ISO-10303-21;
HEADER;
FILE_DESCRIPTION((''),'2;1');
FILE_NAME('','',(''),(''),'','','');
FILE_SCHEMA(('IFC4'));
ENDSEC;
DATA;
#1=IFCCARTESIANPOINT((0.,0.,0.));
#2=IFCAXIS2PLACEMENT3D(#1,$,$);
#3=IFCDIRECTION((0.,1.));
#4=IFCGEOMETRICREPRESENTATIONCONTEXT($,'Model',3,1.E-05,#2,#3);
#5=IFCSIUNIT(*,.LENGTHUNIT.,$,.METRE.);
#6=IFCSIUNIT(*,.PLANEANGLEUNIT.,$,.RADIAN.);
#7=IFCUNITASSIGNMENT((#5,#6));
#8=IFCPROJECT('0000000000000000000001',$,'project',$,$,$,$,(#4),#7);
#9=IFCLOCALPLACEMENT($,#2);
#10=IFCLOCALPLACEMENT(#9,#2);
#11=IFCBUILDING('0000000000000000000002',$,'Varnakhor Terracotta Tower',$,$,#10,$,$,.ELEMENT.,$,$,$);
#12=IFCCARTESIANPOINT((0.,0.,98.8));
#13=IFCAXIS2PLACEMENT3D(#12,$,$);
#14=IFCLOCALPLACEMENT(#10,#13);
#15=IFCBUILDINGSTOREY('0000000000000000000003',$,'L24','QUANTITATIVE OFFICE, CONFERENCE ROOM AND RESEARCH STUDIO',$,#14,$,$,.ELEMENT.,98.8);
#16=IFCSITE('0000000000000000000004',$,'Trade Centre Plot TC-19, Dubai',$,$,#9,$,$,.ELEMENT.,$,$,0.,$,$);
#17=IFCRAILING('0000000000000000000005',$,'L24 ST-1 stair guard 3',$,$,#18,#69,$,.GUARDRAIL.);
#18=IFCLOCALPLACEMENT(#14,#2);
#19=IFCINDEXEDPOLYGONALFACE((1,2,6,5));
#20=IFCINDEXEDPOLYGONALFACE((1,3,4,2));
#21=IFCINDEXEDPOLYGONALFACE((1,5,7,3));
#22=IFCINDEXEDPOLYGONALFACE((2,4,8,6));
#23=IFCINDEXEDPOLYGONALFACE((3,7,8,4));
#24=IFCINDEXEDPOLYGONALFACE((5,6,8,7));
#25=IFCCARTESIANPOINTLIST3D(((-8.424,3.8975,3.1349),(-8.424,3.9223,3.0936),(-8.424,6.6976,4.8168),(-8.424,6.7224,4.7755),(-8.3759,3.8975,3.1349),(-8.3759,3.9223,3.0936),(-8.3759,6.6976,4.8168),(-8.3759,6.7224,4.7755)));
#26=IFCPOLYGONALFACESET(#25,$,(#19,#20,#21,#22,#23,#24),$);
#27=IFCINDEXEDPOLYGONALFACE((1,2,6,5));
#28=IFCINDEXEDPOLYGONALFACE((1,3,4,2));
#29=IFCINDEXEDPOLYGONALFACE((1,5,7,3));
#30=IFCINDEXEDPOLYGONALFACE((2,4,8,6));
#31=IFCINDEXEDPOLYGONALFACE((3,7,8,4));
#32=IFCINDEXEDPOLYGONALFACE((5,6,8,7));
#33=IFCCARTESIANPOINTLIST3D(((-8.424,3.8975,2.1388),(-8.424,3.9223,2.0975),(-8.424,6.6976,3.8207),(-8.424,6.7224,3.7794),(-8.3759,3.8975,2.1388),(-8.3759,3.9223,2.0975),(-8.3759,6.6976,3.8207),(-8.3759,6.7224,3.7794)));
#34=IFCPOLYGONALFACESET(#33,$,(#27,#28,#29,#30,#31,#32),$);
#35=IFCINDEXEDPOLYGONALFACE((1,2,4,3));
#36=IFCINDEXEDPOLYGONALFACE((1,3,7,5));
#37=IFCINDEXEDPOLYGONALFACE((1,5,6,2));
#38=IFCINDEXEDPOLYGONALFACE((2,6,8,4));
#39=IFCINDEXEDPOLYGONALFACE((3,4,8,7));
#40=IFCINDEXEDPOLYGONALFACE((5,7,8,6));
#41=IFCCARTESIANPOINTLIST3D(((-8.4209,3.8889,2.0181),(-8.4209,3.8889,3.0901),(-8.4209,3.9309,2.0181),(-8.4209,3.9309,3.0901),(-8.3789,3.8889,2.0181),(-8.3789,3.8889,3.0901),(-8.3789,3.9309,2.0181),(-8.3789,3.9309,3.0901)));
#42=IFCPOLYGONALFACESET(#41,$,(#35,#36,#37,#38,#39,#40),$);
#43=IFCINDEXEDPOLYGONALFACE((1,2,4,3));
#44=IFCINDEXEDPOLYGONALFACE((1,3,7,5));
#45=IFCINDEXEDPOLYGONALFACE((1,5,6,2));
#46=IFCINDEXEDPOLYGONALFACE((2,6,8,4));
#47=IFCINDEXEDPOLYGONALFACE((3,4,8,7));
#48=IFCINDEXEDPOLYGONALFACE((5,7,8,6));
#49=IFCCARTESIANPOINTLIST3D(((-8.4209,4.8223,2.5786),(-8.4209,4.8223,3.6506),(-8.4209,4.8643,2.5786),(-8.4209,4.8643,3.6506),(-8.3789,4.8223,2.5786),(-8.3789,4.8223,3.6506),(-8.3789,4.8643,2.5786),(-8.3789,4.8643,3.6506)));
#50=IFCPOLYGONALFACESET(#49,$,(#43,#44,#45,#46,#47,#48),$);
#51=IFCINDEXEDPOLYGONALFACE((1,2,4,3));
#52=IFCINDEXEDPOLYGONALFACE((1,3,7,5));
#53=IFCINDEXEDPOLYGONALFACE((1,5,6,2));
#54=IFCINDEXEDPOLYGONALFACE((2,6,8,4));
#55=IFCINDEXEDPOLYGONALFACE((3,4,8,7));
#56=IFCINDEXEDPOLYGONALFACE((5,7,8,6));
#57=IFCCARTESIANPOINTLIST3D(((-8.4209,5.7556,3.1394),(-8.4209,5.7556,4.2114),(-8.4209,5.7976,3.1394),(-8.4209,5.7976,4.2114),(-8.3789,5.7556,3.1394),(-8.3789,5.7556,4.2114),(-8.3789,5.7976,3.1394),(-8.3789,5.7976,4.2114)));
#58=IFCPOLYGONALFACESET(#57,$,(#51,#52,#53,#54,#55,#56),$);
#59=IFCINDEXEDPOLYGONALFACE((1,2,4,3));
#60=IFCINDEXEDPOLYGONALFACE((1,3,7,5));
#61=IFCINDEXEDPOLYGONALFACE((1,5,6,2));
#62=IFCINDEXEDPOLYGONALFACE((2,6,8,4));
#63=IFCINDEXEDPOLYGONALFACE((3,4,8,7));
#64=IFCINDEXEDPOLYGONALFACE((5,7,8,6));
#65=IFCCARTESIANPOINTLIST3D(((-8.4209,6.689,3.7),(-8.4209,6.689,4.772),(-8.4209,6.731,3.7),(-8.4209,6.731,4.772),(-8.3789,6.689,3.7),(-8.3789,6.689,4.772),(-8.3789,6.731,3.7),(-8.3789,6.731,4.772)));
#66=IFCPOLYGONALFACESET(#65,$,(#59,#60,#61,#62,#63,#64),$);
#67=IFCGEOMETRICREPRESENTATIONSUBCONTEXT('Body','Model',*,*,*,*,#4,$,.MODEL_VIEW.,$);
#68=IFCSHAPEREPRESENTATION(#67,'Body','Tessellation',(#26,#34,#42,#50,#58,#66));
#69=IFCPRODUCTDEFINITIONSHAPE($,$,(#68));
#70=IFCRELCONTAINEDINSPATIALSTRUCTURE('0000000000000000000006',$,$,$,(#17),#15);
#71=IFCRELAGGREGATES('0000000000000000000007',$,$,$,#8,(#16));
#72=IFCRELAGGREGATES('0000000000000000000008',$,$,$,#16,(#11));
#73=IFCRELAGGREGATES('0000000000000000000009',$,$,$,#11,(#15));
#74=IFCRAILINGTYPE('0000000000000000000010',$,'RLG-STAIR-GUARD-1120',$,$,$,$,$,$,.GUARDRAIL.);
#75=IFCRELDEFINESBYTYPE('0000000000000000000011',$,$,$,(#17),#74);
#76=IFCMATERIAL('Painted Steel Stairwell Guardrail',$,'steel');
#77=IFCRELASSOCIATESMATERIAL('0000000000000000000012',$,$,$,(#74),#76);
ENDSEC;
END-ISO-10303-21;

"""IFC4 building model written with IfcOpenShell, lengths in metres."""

from ifc_helpers import new_model, si_unit, direction, frame, origin, origin_2d, place, context, subcontext, project, spatial, rectangle, extrude, material, type_object, element, save


model = new_model("IFC4")

# Units and contexts
model_context = context("Model", 3, precision=1e-05, world=origin(), true_north=direction((0.0, 1.0)))
body_context = subcontext(model_context, "Body", "Model", "MODEL_VIEW")
ifc_project = project(units=[si_unit("LENGTHUNIT", "METRE"), si_unit("PLANEANGLEUNIT", "RADIAN")], contexts=[model_context])

# Site, building, storey
site_placement = place(None, origin())
site = spatial("IfcSite", under=ifc_project, at=site_placement, Name="Trade Centre Plot TC-19, Dubai", CompositionType="ELEMENT", RefElevation=0.0)
building_placement = place(site_placement, origin())
building = spatial("IfcBuilding", under=site, at=building_placement, Name="Varnakhor Terracotta Tower", CompositionType="ELEMENT")
storey_placement = place(building_placement, frame((0.0, 0.0, 98.8)))
storey = spatial("IfcBuildingStorey", under=building, at=storey_placement, Name="L24", Description="QUANTITATIVE OFFICE, CONFERENCE ROOM AND RESEARCH STUDIO", CompositionType="ELEMENT", Elevation=98.8)

# Railing
ifc_material_1 = material(Name="Painted Steel Stairwell Guardrail", Category="steel")
railing_type = type_object("IfcRailingType", Name="RLG-STAIR-GUARD-1120", PredefinedType="GUARDRAIL", material=ifc_material_1)
railing_1_placement = place(storey_placement, frame((-8.3999, 3.9099, 2.0181)))
element("IfcRailing", 1, at=railing_1_placement, inside=storey, type_object=railing_type, Name="L24 ST-1 stair guard 3", PredefinedType="GUARDRAIL", context=body_context, shape_type="SweptSolid", body=[
    extrude(rectangle(XDim=0.0481, YDim=0.0481, at=origin_2d()), frame((0.0, 0.0, 1.0962), z_axis=(0.0, 0.857242, 0.514913), x_axis=(-1.0, 0.0, 0.0)), (0.0, 0.0, 1.0), 3.2664),
    extrude(rectangle(XDim=0.0481, YDim=0.0481, at=origin_2d()), frame((0.0, 0.0, 0.1001), z_axis=(0.0, 0.857242, 0.514913), x_axis=(-1.0, 0.0, 0.0)), (0.0, 0.0, 1.0), 3.2664),
    extrude(rectangle(XDim=0.042, YDim=0.042, at=origin_2d()), origin(), (0.0, 0.0, 1.0), 1.072),
    extrude(rectangle(XDim=0.042, YDim=0.042, at=origin_2d()), frame((0.0, 0.9333, 0.5605)), (0.0, 0.0, 1.0), 1.072),
    extrude(rectangle(XDim=0.042, YDim=0.042, at=origin_2d()), frame((0.0, 1.8667, 1.1213)), (0.0, 0.0, 1.0), 1.072),
    extrude(rectangle(XDim=0.042, YDim=0.042, at=origin_2d()), frame((0.0, 2.8, 1.6819)), (0.0, 0.0, 1.0), 1.072),
])

save(model, "model.ifc")
